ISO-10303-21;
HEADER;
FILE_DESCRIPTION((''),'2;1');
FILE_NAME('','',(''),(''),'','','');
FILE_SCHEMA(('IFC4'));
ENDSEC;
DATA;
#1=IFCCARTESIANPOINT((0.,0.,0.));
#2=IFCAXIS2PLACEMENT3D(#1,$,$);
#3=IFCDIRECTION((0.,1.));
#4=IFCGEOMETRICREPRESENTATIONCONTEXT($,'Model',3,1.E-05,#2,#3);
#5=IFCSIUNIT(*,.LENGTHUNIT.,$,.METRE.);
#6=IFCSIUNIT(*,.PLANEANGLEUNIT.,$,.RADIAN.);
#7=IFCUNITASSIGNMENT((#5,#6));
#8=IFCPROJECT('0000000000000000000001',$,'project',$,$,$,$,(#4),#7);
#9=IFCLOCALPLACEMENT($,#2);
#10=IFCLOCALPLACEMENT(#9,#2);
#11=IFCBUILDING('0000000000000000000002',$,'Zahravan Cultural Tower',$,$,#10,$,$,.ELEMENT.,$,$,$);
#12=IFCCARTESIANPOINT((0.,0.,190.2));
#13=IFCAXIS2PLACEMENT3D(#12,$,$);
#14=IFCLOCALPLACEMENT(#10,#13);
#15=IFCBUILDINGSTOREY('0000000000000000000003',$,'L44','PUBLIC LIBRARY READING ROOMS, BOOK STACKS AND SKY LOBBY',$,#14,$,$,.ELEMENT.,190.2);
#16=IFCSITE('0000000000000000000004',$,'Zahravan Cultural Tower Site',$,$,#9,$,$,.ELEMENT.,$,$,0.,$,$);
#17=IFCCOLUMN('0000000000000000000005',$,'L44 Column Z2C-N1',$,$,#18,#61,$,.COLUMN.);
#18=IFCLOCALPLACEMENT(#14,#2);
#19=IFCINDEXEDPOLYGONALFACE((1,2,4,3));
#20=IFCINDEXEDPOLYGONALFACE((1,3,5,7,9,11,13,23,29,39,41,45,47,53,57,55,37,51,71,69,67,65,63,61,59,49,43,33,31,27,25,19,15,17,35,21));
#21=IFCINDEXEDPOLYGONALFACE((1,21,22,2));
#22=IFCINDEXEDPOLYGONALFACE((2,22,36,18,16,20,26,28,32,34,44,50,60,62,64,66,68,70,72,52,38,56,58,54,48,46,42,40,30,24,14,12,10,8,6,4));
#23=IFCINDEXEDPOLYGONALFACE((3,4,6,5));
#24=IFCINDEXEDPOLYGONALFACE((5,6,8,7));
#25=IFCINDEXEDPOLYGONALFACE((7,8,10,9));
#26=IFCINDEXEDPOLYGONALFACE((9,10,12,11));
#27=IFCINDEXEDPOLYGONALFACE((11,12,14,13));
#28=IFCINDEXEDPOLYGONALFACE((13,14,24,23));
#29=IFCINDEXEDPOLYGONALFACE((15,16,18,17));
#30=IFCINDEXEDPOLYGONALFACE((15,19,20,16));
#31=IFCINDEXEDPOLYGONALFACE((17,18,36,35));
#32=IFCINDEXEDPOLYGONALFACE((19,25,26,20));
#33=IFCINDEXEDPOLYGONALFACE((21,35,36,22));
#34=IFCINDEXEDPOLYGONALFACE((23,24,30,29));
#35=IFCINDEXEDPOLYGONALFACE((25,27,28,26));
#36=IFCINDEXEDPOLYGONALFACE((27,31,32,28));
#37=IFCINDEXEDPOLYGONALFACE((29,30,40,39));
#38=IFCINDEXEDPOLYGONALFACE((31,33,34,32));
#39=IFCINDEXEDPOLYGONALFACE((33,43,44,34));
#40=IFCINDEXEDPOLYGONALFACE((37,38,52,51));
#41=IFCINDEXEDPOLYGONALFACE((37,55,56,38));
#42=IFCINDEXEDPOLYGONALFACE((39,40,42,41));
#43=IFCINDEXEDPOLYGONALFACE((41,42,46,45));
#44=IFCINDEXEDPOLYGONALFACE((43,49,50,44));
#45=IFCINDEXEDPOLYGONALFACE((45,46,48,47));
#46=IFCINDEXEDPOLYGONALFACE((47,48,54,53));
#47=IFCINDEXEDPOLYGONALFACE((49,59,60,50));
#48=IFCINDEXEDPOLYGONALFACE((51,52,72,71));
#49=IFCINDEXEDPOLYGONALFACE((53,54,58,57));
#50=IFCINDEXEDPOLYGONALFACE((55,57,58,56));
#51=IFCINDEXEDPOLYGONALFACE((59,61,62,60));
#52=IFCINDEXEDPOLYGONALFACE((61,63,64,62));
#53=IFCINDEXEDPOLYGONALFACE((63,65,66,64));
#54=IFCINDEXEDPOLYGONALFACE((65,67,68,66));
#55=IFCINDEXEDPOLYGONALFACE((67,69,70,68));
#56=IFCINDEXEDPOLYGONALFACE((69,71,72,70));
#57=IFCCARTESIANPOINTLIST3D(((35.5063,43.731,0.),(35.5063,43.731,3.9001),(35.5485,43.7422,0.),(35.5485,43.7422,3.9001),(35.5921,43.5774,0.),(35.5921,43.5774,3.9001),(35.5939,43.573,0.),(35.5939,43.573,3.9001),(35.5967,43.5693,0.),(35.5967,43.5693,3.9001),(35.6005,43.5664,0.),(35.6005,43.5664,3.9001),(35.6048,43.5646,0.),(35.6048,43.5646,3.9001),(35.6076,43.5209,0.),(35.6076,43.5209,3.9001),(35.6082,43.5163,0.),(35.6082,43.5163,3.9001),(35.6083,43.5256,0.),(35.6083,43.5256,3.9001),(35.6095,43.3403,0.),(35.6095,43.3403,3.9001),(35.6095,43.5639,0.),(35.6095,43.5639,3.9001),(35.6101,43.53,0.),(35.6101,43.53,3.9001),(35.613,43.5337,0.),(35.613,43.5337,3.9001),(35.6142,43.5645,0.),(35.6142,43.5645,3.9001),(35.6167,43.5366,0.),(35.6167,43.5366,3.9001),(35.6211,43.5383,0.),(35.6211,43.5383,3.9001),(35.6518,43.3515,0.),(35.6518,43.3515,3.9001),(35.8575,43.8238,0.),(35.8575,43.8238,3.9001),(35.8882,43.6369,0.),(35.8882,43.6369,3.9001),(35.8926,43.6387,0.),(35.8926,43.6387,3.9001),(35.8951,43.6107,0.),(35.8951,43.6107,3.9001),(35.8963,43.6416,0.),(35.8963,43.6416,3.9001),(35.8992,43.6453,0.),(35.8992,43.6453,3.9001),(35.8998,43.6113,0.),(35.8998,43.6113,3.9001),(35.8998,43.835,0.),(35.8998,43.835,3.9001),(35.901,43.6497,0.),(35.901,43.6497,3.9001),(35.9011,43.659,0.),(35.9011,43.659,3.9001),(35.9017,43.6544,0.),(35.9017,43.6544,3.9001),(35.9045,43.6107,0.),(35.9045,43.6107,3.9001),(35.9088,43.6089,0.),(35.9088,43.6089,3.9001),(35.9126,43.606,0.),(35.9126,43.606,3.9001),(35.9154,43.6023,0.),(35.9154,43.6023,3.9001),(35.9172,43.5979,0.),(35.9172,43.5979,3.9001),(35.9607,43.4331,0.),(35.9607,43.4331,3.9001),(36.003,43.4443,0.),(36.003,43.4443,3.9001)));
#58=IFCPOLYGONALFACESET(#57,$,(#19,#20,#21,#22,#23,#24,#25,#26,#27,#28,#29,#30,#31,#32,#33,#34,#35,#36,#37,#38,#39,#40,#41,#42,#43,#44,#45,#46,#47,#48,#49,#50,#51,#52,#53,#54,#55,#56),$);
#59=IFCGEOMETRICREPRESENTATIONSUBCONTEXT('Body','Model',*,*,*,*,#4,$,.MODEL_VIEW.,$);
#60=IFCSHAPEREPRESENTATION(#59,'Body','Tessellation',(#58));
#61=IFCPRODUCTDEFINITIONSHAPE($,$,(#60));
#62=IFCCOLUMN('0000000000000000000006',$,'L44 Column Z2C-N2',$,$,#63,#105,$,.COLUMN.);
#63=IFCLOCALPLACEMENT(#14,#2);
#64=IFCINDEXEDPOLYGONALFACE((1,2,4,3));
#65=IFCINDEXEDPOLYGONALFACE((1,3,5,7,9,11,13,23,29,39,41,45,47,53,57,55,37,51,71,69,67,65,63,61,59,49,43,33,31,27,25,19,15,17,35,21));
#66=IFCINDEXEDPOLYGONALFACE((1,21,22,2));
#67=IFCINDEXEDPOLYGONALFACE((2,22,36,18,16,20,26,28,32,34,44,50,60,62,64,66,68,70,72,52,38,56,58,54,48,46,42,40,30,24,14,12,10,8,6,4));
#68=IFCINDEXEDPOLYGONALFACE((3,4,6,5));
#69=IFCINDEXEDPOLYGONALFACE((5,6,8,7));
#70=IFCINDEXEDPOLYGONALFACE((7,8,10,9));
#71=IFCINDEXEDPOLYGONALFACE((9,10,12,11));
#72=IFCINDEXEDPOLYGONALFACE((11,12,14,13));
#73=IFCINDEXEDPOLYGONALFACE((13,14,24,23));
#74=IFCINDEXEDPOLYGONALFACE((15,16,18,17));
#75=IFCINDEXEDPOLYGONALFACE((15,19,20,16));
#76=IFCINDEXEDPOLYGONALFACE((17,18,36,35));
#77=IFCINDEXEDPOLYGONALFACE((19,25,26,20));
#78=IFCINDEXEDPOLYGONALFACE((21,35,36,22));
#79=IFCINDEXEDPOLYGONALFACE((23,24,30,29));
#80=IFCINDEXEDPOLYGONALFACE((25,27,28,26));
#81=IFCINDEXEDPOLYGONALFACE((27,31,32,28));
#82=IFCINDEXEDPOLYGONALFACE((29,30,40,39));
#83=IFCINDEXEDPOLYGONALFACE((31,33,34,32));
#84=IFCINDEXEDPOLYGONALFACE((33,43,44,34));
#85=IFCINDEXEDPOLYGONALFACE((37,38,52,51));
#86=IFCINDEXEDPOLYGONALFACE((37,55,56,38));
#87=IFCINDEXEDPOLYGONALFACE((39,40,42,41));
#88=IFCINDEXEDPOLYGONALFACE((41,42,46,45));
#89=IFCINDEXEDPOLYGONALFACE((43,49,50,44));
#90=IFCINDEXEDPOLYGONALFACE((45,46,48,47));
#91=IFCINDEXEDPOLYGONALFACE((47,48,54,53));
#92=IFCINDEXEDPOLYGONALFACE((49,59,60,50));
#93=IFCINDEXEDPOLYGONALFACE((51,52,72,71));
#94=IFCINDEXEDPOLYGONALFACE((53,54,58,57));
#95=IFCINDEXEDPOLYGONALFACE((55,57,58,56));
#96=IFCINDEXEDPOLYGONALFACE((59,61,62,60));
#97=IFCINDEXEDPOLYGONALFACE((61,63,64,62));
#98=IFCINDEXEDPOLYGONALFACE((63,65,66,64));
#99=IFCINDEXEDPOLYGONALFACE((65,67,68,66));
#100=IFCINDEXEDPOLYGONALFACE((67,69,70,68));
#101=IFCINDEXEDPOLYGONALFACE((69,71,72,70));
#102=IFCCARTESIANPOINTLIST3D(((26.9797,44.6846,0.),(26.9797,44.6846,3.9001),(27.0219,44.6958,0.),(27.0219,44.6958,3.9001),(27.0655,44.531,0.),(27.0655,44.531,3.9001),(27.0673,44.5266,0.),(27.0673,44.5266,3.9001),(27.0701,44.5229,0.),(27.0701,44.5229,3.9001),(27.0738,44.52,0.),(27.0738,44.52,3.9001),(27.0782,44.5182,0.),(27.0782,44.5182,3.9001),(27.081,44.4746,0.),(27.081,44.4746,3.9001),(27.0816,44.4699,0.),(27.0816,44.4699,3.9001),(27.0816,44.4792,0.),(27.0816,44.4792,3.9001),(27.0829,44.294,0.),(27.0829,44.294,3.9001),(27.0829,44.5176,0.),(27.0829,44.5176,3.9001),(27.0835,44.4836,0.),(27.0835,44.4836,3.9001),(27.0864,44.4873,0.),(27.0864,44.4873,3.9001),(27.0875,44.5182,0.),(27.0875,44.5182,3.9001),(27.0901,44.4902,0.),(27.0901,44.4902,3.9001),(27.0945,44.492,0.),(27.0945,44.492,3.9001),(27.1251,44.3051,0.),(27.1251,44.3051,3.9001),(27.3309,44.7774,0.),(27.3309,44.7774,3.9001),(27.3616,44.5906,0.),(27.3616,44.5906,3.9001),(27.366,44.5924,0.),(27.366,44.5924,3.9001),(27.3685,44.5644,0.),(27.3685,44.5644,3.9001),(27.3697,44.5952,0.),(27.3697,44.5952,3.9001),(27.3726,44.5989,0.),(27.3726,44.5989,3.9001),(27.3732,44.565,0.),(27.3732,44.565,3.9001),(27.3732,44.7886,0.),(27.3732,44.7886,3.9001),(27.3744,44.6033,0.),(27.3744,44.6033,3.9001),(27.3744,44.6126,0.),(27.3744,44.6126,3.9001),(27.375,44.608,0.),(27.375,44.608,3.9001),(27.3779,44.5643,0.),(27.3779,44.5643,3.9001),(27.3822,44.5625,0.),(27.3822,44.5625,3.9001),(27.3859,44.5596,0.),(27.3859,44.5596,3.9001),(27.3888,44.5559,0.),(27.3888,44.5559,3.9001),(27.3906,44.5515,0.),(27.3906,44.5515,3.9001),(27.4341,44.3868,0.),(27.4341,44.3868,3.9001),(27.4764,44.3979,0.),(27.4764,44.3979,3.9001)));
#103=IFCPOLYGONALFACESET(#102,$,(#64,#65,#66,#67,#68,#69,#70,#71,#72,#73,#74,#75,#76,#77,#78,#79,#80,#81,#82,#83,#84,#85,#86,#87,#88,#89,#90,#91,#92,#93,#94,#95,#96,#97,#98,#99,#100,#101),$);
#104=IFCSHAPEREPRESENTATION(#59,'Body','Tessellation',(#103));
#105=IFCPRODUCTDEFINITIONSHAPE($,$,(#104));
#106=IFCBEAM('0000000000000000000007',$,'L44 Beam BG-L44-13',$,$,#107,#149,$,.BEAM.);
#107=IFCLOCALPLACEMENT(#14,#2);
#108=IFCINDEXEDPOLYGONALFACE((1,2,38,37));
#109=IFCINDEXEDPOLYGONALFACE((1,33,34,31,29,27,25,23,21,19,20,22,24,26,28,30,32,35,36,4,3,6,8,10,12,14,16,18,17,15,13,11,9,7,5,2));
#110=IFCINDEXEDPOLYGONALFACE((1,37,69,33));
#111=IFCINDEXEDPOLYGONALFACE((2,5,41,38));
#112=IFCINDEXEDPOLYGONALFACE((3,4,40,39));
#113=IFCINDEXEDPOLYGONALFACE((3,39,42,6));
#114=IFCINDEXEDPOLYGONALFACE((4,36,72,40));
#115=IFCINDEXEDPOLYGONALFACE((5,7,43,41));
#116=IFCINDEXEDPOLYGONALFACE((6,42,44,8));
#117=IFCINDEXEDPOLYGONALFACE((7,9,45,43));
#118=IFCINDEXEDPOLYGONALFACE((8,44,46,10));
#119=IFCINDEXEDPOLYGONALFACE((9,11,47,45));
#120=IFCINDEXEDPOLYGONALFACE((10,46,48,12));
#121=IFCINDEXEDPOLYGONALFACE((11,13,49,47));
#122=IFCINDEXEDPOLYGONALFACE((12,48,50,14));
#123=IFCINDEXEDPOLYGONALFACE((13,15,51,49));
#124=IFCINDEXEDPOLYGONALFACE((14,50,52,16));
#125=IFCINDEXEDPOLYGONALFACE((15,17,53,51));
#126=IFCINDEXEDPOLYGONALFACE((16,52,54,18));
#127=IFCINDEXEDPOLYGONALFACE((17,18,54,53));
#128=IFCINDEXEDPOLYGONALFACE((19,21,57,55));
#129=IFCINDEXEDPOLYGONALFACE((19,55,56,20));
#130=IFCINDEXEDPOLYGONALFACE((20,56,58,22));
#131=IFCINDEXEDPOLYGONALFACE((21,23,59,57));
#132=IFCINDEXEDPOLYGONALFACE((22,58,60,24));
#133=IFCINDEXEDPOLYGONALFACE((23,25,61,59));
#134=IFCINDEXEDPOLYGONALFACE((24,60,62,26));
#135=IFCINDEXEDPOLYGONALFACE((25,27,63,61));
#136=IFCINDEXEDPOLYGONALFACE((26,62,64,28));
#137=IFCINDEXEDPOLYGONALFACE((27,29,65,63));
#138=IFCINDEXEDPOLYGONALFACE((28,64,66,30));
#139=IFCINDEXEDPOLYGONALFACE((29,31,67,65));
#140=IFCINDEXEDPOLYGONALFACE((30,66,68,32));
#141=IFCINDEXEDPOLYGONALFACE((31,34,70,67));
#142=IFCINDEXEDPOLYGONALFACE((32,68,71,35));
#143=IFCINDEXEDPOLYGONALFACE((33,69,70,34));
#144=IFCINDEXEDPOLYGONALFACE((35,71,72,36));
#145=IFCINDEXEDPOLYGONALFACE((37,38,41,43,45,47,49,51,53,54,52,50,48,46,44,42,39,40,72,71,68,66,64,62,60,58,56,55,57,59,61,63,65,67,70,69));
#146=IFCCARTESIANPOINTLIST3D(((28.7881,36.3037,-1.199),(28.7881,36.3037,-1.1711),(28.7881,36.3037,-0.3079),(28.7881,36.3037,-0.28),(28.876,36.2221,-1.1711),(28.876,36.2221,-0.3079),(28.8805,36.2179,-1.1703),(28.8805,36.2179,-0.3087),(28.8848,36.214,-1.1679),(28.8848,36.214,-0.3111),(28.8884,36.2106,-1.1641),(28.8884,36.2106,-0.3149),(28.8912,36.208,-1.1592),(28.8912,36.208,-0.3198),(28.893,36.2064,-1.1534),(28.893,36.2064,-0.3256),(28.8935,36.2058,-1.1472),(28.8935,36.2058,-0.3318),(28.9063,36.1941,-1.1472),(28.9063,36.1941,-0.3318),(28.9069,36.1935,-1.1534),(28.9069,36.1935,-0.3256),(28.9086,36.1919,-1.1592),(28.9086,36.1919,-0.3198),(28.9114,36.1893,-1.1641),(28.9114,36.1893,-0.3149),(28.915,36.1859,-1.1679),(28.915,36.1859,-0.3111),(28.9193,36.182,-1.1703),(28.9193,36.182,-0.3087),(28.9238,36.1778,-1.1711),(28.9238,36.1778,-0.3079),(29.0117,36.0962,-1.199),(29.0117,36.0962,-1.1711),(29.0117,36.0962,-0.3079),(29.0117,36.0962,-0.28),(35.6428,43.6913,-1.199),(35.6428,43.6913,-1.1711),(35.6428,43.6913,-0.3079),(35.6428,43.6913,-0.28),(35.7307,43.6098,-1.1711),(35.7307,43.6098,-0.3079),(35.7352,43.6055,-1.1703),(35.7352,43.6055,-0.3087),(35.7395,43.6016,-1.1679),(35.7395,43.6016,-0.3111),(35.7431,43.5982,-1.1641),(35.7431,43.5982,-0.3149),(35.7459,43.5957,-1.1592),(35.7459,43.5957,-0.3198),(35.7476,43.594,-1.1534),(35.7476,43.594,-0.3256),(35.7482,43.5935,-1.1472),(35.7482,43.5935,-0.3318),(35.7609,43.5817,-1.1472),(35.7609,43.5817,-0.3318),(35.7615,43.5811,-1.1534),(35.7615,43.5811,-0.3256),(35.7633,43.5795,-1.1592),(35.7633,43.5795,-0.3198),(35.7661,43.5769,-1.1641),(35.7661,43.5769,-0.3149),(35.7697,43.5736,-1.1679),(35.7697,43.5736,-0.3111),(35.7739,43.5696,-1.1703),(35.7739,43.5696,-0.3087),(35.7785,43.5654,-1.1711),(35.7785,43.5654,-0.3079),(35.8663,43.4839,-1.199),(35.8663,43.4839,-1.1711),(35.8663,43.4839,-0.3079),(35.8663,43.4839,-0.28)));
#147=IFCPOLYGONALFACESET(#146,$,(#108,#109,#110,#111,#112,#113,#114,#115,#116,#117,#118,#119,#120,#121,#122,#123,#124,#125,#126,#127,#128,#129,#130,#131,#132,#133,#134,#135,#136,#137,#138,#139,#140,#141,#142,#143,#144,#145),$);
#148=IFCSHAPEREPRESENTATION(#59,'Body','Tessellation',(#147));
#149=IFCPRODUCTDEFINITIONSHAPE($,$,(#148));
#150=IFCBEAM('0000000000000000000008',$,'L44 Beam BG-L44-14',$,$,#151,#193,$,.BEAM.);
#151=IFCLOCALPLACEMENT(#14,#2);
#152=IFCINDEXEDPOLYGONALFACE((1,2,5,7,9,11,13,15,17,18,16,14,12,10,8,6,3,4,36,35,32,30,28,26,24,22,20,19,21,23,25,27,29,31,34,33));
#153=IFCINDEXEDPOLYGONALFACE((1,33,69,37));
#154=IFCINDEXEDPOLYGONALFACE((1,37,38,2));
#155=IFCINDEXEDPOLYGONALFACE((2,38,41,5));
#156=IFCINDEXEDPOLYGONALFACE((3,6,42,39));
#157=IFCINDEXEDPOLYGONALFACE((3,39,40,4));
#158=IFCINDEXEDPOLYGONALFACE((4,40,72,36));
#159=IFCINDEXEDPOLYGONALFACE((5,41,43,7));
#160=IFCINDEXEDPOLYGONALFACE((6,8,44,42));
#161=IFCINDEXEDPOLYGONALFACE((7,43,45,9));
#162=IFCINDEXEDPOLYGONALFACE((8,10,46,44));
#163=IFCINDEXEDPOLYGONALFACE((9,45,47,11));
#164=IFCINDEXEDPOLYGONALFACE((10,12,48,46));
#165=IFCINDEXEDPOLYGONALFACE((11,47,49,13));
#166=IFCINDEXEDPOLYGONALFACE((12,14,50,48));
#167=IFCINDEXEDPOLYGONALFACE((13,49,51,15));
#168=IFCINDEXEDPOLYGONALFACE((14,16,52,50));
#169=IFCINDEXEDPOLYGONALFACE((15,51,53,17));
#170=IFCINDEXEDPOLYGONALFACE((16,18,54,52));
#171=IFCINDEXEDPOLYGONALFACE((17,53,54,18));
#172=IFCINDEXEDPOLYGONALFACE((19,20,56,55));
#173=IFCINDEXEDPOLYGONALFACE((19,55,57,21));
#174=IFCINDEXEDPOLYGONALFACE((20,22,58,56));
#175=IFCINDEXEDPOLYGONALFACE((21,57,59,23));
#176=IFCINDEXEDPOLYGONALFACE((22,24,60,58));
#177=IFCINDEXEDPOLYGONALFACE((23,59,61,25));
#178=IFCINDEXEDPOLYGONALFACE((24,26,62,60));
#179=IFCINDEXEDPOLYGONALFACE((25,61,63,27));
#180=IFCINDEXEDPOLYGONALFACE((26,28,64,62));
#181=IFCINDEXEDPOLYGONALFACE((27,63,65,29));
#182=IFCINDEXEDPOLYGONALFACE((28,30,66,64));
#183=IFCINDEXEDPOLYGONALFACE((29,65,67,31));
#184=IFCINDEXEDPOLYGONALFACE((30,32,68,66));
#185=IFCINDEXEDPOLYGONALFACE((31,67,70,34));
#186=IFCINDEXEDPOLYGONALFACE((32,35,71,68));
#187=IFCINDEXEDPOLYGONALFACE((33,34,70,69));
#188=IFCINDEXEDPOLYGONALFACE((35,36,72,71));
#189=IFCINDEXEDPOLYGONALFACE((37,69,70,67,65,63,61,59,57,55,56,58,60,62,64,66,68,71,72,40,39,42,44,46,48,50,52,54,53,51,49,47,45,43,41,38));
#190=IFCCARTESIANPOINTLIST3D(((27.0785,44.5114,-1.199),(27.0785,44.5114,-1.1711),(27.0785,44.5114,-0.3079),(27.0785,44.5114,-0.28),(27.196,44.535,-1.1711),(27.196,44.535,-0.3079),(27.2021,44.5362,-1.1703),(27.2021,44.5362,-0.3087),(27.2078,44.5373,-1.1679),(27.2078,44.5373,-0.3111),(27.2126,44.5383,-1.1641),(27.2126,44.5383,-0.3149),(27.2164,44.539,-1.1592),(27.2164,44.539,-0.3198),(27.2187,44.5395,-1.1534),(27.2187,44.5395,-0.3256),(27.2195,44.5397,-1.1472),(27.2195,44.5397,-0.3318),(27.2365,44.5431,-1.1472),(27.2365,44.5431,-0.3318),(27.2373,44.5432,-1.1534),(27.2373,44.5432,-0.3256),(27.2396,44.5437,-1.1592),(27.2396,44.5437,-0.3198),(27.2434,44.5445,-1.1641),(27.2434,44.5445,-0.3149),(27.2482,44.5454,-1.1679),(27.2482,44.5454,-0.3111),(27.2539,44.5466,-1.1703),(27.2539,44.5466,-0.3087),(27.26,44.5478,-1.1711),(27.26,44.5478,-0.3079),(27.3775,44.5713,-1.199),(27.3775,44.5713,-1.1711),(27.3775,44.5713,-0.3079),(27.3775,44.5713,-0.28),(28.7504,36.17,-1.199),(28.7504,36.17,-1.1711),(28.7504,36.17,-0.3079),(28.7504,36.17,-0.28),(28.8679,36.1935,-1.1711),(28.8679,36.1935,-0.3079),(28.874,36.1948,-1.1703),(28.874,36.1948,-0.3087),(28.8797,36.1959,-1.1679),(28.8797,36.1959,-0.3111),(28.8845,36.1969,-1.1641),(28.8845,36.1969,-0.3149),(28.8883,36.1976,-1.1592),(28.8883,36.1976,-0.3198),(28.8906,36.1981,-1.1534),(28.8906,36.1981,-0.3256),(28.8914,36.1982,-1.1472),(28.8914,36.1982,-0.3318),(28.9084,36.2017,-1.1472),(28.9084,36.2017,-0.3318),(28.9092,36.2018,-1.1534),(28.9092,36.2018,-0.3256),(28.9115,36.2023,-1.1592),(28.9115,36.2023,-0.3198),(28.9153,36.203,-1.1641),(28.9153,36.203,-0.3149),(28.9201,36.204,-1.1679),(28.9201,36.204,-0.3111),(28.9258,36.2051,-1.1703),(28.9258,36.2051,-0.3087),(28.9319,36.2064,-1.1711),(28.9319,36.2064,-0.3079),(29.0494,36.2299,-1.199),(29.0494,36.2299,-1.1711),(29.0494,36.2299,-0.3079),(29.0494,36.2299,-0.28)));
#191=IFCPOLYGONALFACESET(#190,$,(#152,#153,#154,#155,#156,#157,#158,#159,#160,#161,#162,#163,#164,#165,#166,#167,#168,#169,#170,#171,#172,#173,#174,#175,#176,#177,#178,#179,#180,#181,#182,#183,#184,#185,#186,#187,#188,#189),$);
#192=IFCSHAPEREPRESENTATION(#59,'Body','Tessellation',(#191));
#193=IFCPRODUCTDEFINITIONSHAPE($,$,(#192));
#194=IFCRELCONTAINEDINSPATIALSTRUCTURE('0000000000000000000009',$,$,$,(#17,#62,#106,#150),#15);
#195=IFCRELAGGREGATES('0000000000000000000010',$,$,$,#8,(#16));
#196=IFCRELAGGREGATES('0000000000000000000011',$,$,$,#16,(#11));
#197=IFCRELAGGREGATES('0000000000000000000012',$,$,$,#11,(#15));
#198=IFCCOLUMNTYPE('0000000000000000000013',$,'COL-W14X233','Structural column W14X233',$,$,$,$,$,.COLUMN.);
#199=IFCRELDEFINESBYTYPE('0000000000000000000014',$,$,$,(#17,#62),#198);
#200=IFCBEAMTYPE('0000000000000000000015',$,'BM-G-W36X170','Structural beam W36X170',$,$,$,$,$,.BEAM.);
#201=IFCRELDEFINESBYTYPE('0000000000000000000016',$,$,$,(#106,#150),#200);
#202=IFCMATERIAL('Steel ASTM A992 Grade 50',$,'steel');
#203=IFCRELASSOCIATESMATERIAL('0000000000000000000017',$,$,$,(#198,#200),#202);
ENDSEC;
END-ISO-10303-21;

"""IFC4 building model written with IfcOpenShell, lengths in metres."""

from ifc_helpers import new_model, si_unit, direction, frame, origin, origin_2d, place, context, subcontext, project, spatial, i_section, extrude, source, transform, mapped, material, material_profile, profile_set, type_object, element, save


model = new_model("IFC4")

# Units and contexts
model_context = context("Model", 3, precision=1e-05, world=origin(), true_north=direction((0.0, 1.0)))
body_context = subcontext(model_context, "Body", "Model", "MODEL_VIEW")
ifc_project = project(units=[si_unit("LENGTHUNIT", "METRE"), si_unit("PLANEANGLEUNIT", "RADIAN")], contexts=[model_context])

# Site, building, storey
site_placement = place(None, origin())
site = spatial("IfcSite", under=ifc_project, at=site_placement, Name="Zahravan Cultural Tower Site", CompositionType="ELEMENT", RefElevation=0.0)
building_placement = place(site_placement, origin())
building = spatial("IfcBuilding", under=site, at=building_placement, Name="Zahravan Cultural Tower", CompositionType="ELEMENT")
storey_placement = place(building_placement, frame((0.0, 0.0, 190.2)))
storey = spatial("IfcBuildingStorey", under=building, at=storey_placement, Name="L44", Description="PUBLIC LIBRARY READING ROOMS, BOOK STACKS AND SKY LOBBY", CompositionType="ELEMENT", Elevation=190.2)

# Columns
ifc_material_1 = material(Name="Steel ASTM A992 Grade 50", Category="steel")
ifc_material_profile_1 = material_profile(ifc_material_1, i_section(OverallWidth=0.4041, OverallDepth=0.407, WebThickness=0.0271, FlangeThickness=0.0437, FilletRadius=0.0181, at=origin_2d()), Name="W14X233")
ifc_profile_set_1 = profile_set([ifc_material_profile_1], Name="Steel ASTM A992 Grade 50")
column_type = type_object("IfcColumnType", Name="COL-W14X233", Description="Structural column W14X233", PredefinedType="COLUMN", material=ifc_profile_set_1)
shared_shape_1 = source(origin(), body_context, "Body", "SweptSolid", [
    extrude(i_section(OverallWidth=0.4041, OverallDepth=0.407, WebThickness=0.0271, FlangeThickness=0.0437, FilletRadius=0.0181, at=origin_2d()), origin(), (0.0, 0.0, 1.0), 3.9001),
])
for number, where, z_axis, x_axis, name in (
    (1, (35.7546, 43.5876, 0.0), (0.0, 0.0, 1.0), (-0.255446, 0.966823, 0.0), "L44 Column Z2C-N1"),
    (2, (27.228, 44.5413, 0.0), (0.0, 0.0, 1.0), (-0.255446, 0.966823, 0.0), "L44 Column Z2C-N2"),
):
    element("IfcColumn", number, at=place(storey_placement, frame(where, z_axis=z_axis, x_axis=x_axis)), inside=storey, type_object=column_type, Name=name, PredefinedType="COLUMN", context=body_context, shape_type="MappedRepresentation", body=[
        mapped(shared_shape_1, transform((0.0, 0.0, 0.0), x_axis=(1.0, 0.0, 0.0), y_axis=(0.0, 1.0, 0.0), z_axis=(0.0, 0.0, 1.0), scale=1.0)),
    ])

# Beams
ifc_material_profile_2 = material_profile(ifc_material_1, i_section(OverallWidth=0.3049, OverallDepth=0.9189, WebThickness=0.0173, FlangeThickness=0.0278, FilletRadius=0.0239, at=origin_2d()), Name="W36X170")
ifc_profile_set_2 = profile_set([ifc_material_profile_2], Name="Steel ASTM A992 Grade 50")
beam_type_1 = type_object("IfcBeamType", Name="BM-G-W36X170", Description="Structural beam W36X170", PredefinedType="BEAM", material=ifc_profile_set_2)
shared_shape_2 = source(origin(), body_context, "Body", "SweptSolid", [
    extrude(i_section(OverallWidth=0.3049, OverallDepth=0.9189, WebThickness=0.0173, FlangeThickness=0.0278, FilletRadius=0.0239, at=origin_2d()), origin(), (0.0, 0.0, 1.0), 10.0779),
])
beam_1_placement = place(storey_placement, frame((28.8999, 36.2, -0.7395), z_axis=(0.68017, 0.733054, 0.0), x_axis=(-0.733054, 0.68017, 0.0)))
element("IfcBeam", 3, at=beam_1_placement, inside=storey, type_object=beam_type_1, Name="L44 Beam BG-L44-13", PredefinedType="BEAM", context=body_context, shape_type="MappedRepresentation", body=[
    mapped(shared_shape_2, transform((0.0, 0.0, 0.0), x_axis=(1.0, 0.0, 0.0), y_axis=(0.0, 1.0, 0.0), z_axis=(0.0, 0.0, 1.0), scale=1.0)),
])
shared_shape_3 = source(origin(), body_context, "Body", "SweptSolid", [
    extrude(i_section(OverallWidth=0.3049, OverallDepth=0.9189, WebThickness=0.0173, FlangeThickness=0.0278, FilletRadius=0.0239, at=origin_2d()), origin(), (0.0, 0.0, 1.0), 8.5073),
])
beam_2_placement = place(storey_placement, frame((28.8999, 36.2, -0.7395), z_axis=(-0.196525, 0.980499, 0.0), x_axis=(-0.980499, -0.196525, 0.0)))
element("IfcBeam", 4, at=beam_2_placement, inside=storey, type_object=beam_type_1, Name="L44 Beam BG-L44-14", PredefinedType="BEAM", context=body_context, shape_type="MappedRepresentation", body=[
    mapped(shared_shape_3, transform((0.0, 0.0, 0.0), x_axis=(1.0, 0.0, 0.0), y_axis=(0.0, 1.0, 0.0), z_axis=(0.0, 0.0, 1.0), scale=1.0)),
])

save(model, "model.ifc")
